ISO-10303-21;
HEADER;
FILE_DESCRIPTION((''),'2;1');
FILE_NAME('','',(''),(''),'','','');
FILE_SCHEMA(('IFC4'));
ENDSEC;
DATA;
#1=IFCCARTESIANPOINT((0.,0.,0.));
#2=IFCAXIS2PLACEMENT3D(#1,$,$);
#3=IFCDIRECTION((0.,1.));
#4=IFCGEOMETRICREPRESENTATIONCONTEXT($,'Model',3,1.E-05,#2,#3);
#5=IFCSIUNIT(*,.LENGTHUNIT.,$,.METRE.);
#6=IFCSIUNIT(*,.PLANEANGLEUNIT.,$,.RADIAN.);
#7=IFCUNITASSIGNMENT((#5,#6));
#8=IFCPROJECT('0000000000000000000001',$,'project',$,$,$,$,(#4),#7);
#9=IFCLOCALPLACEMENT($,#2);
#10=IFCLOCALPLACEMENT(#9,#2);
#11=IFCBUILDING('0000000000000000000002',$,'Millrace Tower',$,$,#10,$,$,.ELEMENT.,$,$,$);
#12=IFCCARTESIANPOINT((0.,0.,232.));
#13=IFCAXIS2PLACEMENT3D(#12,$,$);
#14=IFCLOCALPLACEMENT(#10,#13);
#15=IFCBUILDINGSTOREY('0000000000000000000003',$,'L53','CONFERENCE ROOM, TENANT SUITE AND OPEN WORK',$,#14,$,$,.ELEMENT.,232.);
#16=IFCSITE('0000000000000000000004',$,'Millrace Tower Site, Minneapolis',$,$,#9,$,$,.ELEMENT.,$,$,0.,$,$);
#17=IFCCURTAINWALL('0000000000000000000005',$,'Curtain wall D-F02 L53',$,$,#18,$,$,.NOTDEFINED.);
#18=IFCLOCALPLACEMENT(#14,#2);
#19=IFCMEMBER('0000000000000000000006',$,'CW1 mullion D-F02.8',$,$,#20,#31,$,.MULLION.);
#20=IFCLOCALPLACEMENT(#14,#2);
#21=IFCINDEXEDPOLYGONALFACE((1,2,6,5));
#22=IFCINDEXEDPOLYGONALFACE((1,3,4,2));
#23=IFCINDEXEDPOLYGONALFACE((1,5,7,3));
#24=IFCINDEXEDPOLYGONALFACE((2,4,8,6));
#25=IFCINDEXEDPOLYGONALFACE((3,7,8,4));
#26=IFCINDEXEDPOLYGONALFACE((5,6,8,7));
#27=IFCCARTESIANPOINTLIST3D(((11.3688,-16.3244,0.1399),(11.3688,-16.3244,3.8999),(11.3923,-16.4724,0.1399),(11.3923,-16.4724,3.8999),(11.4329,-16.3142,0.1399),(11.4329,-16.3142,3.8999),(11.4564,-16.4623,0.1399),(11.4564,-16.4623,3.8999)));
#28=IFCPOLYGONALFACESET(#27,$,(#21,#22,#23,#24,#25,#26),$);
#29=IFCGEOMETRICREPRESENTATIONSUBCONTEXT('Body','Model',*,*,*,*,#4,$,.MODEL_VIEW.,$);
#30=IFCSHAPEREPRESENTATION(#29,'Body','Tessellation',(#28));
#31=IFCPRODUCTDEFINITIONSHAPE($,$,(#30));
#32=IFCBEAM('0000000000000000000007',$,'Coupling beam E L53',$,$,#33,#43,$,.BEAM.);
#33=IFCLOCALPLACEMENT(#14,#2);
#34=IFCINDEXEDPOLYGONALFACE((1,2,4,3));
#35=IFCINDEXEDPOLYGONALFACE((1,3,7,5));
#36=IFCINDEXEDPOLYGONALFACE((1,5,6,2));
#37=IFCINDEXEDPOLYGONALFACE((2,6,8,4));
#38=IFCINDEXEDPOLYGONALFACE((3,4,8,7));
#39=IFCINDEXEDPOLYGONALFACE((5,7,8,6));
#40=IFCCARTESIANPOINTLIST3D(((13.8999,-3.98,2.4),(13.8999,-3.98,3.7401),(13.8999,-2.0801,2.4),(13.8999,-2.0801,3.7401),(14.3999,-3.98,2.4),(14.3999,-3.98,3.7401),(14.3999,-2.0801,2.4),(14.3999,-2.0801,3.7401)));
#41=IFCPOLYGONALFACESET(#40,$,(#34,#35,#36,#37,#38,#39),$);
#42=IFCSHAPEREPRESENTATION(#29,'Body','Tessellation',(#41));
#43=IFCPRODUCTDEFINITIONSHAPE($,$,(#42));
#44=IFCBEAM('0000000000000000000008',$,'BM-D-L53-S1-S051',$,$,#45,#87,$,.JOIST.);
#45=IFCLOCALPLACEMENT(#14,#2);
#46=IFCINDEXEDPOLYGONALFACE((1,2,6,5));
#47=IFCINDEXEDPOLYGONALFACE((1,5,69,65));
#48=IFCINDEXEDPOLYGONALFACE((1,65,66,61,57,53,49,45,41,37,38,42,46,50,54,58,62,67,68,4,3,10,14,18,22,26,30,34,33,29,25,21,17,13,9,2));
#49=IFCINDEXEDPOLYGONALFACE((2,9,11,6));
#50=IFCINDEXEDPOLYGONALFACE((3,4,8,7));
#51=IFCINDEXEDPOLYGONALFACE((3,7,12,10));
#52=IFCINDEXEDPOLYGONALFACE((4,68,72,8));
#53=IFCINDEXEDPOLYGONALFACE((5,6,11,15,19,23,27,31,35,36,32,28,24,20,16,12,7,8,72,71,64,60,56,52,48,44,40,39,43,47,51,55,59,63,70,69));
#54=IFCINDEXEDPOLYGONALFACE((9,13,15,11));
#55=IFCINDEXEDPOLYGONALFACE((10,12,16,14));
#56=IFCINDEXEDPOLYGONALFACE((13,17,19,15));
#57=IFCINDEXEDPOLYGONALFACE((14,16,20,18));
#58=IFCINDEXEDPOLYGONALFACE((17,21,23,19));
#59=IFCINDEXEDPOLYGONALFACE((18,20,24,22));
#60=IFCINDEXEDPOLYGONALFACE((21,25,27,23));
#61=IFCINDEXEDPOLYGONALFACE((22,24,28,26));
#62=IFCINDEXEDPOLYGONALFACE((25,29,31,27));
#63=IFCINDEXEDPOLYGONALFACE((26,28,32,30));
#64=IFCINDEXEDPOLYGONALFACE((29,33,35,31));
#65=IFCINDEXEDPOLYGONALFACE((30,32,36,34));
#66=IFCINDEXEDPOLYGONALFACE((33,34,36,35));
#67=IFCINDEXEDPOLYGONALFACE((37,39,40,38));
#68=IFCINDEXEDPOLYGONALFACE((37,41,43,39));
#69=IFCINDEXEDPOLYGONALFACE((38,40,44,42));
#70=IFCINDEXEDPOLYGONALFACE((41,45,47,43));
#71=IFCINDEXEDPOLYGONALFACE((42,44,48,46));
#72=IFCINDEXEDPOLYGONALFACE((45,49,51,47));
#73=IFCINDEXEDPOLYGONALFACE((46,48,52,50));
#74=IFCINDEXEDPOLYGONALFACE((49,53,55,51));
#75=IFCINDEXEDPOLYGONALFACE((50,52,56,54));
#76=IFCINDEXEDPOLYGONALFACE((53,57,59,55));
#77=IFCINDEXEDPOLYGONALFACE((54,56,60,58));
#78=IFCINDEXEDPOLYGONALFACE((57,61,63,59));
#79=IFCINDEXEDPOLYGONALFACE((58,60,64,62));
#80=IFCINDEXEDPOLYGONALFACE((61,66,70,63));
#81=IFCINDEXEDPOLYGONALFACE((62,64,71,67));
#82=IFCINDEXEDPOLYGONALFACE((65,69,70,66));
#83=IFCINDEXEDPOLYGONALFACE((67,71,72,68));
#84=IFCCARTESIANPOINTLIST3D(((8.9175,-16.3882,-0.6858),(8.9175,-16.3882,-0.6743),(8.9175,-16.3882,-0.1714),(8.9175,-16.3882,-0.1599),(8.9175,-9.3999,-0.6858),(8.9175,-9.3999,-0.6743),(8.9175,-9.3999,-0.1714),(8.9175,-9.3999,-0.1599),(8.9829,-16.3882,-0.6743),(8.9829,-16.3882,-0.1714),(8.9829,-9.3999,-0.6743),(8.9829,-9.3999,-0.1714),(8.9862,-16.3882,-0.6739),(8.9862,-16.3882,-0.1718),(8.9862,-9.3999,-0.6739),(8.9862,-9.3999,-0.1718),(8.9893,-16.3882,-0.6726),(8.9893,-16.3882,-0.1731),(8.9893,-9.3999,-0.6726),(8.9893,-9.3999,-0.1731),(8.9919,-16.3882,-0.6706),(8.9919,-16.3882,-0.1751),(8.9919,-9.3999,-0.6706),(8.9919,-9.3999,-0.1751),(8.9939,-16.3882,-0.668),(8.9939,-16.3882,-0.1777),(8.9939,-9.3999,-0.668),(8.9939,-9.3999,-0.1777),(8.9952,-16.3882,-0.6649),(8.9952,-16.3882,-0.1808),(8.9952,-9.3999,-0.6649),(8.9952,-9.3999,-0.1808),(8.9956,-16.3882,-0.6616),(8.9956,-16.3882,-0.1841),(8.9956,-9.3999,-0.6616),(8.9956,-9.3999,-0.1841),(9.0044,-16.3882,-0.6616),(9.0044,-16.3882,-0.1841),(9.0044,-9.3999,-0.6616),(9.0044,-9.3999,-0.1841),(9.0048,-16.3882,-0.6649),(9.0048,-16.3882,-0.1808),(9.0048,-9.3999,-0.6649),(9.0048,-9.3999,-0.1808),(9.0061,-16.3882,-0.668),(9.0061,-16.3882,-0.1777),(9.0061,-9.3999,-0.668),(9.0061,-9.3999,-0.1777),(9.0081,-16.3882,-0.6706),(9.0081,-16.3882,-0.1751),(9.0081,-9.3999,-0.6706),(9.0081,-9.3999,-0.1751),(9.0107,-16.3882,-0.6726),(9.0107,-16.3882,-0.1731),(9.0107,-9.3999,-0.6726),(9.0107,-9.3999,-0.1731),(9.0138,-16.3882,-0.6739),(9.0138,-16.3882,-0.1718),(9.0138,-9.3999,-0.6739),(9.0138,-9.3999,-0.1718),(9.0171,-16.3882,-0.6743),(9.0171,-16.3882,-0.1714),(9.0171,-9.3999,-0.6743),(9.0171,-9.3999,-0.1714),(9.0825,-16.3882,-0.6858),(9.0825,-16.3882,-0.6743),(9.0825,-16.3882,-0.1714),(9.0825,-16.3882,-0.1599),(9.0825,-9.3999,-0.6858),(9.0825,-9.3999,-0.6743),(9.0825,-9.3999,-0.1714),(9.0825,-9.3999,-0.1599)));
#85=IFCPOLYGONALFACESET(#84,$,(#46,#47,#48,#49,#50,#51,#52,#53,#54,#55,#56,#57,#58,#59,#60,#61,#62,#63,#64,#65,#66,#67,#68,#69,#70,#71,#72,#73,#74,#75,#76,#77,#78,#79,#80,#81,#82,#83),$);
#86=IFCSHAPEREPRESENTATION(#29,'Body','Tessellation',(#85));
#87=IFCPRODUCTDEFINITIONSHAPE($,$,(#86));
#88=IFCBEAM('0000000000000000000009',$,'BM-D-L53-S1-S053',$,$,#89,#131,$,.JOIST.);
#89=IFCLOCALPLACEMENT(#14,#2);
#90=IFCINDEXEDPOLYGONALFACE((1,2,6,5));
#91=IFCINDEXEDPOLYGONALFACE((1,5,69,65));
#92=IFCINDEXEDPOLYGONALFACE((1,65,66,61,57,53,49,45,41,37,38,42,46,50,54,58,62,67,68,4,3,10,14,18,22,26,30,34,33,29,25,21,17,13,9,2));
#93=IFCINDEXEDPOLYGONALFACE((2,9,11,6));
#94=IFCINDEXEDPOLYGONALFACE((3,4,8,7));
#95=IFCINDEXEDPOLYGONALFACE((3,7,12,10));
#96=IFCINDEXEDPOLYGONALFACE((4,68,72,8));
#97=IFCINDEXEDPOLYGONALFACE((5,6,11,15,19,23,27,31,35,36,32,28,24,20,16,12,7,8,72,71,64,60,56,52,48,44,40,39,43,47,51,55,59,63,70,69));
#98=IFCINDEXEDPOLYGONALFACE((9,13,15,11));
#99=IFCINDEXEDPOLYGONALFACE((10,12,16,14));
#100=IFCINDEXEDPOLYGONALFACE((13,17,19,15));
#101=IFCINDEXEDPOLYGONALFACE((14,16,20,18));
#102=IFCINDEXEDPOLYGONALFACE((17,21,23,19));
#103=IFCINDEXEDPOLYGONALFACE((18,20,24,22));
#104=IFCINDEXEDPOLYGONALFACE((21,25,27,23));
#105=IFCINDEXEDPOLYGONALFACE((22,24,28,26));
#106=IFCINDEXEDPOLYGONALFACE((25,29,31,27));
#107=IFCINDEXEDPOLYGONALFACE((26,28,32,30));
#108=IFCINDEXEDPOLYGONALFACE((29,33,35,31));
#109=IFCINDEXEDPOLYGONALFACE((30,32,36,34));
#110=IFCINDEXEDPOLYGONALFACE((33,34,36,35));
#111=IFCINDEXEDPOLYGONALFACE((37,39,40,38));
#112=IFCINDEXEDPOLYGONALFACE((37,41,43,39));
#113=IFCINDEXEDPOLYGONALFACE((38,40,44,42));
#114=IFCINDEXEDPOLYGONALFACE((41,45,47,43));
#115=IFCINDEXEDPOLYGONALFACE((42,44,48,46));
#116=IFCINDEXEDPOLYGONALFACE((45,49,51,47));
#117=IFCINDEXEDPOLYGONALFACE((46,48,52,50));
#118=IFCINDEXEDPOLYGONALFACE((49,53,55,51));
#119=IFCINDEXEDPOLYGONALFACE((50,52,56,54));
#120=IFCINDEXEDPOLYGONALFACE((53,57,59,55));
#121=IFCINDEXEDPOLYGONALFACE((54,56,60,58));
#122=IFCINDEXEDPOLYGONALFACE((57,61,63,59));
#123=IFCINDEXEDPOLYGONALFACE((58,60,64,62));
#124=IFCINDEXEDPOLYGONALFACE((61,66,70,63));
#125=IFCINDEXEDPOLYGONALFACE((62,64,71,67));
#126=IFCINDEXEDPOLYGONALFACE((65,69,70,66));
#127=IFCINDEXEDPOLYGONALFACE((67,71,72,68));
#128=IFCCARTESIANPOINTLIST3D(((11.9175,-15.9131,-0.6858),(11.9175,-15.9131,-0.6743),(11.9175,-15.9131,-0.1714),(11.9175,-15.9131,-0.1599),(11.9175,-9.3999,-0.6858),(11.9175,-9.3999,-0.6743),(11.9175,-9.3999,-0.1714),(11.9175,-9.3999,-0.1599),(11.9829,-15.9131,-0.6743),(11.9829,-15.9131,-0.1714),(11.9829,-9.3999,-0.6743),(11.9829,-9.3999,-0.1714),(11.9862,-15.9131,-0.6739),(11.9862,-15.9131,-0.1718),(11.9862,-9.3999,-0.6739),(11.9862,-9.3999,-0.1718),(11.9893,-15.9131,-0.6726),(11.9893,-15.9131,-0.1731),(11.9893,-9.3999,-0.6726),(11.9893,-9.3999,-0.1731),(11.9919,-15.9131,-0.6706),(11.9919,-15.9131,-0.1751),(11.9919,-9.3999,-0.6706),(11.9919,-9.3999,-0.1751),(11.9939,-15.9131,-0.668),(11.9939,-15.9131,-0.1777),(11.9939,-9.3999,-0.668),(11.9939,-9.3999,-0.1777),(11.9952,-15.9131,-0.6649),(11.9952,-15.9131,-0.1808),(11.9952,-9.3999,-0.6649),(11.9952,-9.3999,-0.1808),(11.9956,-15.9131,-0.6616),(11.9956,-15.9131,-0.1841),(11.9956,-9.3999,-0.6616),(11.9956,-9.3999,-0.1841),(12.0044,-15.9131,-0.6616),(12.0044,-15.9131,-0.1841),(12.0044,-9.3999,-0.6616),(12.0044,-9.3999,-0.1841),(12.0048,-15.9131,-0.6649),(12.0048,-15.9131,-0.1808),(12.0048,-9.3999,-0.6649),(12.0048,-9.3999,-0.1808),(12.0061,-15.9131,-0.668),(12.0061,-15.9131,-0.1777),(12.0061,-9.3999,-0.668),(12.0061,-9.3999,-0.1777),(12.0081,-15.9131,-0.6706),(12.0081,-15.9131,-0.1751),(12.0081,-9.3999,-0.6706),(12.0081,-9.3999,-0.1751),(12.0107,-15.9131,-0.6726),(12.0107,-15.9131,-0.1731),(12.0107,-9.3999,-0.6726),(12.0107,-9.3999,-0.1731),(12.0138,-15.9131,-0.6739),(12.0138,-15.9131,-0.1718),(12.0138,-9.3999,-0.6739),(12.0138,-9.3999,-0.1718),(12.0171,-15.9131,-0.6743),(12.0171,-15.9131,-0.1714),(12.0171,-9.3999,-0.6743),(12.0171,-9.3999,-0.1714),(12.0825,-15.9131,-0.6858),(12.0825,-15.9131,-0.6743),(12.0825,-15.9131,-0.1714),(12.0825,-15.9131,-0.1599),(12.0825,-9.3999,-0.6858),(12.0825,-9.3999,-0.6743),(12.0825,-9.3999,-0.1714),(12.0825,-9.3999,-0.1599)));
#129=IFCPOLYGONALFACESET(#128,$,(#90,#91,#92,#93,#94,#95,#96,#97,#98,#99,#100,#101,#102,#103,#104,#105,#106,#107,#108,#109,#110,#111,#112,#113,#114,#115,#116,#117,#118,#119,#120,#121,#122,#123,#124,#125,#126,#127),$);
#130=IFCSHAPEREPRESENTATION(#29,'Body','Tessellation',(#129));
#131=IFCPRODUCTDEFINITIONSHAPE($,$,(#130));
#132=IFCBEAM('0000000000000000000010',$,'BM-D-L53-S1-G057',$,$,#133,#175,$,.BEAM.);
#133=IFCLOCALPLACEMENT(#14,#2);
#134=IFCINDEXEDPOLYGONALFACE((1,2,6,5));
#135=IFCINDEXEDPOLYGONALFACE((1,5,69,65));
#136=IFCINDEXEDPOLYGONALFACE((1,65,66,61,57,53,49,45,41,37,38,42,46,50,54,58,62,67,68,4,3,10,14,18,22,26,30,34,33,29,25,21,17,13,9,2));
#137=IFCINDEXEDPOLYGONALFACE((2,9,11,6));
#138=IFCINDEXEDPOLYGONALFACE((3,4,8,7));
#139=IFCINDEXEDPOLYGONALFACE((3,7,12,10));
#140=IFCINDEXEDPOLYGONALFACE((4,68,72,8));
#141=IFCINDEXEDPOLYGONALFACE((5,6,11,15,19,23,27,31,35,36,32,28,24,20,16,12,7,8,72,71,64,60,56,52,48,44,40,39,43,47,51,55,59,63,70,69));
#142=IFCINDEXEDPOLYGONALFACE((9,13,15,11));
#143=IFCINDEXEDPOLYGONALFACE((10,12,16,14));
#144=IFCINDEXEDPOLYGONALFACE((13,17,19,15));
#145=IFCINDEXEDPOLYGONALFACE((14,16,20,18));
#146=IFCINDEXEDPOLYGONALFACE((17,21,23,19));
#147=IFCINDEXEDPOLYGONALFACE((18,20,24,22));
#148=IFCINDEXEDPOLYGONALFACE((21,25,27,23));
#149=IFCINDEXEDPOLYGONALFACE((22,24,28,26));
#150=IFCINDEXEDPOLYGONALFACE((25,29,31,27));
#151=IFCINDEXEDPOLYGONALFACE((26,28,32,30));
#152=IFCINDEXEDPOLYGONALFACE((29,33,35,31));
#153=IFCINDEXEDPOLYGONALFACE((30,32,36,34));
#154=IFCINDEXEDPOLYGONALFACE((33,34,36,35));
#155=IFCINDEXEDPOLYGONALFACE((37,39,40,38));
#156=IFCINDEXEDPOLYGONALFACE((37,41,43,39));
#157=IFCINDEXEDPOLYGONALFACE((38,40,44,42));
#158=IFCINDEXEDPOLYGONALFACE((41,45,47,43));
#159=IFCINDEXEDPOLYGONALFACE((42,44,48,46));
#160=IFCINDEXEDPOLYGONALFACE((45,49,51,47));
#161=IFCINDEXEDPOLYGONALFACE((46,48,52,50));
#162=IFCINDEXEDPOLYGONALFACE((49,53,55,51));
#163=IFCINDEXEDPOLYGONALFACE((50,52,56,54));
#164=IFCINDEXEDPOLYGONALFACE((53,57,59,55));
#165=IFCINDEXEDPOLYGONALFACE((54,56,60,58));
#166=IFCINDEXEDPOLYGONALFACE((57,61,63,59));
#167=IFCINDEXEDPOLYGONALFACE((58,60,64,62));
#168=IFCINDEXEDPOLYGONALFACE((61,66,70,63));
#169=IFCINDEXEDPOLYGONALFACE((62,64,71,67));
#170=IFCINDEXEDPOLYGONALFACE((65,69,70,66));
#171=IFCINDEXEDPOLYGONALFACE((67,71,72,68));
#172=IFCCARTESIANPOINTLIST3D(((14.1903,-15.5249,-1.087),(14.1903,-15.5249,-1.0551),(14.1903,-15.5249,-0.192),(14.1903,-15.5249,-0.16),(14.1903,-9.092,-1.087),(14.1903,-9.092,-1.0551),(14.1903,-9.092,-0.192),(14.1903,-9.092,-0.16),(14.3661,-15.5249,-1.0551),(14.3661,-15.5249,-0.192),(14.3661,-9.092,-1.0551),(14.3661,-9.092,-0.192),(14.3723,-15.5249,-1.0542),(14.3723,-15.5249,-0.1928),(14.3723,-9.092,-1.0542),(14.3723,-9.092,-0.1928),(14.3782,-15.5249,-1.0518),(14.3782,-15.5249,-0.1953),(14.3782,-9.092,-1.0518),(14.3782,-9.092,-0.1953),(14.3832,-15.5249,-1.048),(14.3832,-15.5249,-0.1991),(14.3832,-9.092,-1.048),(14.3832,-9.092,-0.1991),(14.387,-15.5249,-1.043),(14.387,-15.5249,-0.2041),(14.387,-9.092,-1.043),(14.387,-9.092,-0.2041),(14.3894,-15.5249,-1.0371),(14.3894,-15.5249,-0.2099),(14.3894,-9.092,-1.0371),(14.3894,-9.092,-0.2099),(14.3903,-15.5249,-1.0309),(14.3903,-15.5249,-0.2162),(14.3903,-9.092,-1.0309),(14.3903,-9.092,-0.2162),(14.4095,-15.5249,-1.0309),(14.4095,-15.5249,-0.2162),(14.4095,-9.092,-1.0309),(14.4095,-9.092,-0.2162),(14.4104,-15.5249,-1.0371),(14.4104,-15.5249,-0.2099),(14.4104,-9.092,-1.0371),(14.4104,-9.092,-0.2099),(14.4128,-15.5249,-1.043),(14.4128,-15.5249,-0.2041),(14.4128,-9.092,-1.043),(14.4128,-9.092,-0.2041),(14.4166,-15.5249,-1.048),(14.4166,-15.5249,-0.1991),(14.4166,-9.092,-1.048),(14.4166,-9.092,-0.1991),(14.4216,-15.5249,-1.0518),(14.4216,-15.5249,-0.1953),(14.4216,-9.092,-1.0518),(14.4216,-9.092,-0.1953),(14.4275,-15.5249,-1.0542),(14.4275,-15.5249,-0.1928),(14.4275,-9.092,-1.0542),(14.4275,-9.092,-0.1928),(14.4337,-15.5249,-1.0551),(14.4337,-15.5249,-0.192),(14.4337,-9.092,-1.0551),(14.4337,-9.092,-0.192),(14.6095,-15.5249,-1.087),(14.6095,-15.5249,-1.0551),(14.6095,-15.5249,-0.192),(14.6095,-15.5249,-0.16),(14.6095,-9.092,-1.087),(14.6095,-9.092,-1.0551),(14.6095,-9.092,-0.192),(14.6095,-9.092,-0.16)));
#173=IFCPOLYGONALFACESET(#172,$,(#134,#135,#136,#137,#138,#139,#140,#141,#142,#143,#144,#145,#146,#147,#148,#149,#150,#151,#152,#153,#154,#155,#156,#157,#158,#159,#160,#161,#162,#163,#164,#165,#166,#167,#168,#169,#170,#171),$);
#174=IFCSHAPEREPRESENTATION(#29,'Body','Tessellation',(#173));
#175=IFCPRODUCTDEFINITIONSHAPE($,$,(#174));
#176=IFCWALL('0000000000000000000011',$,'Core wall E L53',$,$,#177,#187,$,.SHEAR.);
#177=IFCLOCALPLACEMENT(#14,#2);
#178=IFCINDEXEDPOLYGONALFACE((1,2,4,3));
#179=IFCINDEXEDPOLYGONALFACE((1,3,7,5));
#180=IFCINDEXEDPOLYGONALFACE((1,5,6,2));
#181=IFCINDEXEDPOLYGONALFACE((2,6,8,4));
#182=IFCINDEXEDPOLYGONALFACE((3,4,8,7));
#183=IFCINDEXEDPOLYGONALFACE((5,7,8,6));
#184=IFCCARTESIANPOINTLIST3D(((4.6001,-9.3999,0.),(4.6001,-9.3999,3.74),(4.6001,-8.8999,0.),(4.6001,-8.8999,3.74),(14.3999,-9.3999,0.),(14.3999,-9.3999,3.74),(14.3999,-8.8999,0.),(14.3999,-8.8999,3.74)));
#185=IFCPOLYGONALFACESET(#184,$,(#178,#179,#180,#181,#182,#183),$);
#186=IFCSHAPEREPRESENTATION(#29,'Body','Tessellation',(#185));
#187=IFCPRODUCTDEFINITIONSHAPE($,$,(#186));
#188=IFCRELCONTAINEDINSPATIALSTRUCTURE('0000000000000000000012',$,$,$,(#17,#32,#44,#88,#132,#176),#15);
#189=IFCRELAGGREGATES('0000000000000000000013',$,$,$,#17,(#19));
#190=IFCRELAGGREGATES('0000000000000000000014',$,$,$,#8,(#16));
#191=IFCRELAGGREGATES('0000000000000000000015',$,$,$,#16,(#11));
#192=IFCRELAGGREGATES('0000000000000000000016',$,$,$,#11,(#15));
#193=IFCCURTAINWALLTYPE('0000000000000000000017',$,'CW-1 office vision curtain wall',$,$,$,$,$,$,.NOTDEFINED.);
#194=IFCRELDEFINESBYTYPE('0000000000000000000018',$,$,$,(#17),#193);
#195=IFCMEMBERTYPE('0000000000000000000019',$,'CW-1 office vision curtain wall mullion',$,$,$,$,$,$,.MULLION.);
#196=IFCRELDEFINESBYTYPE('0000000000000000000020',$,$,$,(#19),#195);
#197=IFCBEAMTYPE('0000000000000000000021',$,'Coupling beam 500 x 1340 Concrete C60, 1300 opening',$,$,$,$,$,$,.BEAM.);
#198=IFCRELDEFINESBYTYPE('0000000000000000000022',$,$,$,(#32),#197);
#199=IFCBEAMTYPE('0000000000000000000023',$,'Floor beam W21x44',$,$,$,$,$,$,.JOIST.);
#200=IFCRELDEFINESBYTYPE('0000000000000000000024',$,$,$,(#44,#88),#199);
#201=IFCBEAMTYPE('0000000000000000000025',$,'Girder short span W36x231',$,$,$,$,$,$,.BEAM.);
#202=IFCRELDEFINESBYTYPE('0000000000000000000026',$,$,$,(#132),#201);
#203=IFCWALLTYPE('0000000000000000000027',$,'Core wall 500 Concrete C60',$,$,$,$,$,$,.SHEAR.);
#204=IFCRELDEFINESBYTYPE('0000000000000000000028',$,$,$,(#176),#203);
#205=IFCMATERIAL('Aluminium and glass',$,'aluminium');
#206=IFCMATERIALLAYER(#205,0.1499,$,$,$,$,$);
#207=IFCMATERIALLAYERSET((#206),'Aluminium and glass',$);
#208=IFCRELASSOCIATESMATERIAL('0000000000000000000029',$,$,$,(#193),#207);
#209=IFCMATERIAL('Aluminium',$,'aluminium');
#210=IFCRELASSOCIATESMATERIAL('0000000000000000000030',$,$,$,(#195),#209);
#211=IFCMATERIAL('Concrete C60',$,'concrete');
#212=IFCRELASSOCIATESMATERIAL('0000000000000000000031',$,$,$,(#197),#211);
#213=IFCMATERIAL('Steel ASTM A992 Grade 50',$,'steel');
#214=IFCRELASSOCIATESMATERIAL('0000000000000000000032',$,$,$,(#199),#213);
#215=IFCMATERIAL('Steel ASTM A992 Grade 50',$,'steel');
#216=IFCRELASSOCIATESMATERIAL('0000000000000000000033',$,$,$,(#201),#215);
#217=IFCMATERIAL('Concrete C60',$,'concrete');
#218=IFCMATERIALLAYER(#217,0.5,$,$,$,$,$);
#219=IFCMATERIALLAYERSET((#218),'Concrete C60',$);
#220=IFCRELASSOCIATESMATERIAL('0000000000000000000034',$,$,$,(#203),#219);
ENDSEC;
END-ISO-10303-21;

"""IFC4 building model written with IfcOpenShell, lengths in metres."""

from ifc_helpers import new_model, si_unit, direction, frame, frame_2d, origin, origin_2d, place, context, subcontext, project, spatial, rectangle, i_section, extrude, material, layer, layer_set, material_profile, profile_set, type_object, element, aggregate, save


model = new_model("IFC4")

# Units and contexts
model_context = context("Model", 3, precision=1e-05, world=origin(), true_north=direction((0.0, 1.0)))
body_context = subcontext(model_context, "Body", "Model", "MODEL_VIEW")
ifc_project = project(units=[si_unit("LENGTHUNIT", "METRE"), si_unit("PLANEANGLEUNIT", "RADIAN")], contexts=[model_context])

# Site, building, storey
site_placement = place(None, origin())
site = spatial("IfcSite", under=ifc_project, at=site_placement, Name="Millrace Tower Site, Minneapolis", CompositionType="ELEMENT", RefElevation=0.0)
building_placement = place(site_placement, origin())
building = spatial("IfcBuilding", under=site, at=building_placement, Name="Millrace Tower", CompositionType="ELEMENT")
storey_placement = place(building_placement, frame((0.0, 0.0, 232.0)))
storey = spatial("IfcBuildingStorey", under=building, at=storey_placement, Name="L53", Description="CONFERENCE ROOM, TENANT SUITE AND OPEN WORK", CompositionType="ELEMENT", Elevation=232.0)

# Curtain wall, member
ifc_material_1 = material(Name="Aluminium and glass", Category="aluminium")
ifc_layer_1 = layer(ifc_material_1, 0.1499)
ifc_layer_set_1 = layer_set([ifc_layer_1], Name="Aluminium and glass")
curtain_wall_type = type_object("IfcCurtainWallType", Name="CW-1 office vision curtain wall", PredefinedType="NOTDEFINED", material=ifc_layer_set_1)
placement = place(storey_placement, origin())
curtain_wall = element("IfcCurtainWall", 1, at=placement, inside=storey, type_object=curtain_wall_type, Name="Curtain wall D-F02 L53", PredefinedType="NOTDEFINED")
ifc_material_2 = material(Name="Aluminium", Category="aluminium")
ifc_material_profile_1 = material_profile(ifc_material_2, rectangle(XDim=0.0649, YDim=0.1499, at=origin_2d()))
ifc_profile_set_1 = profile_set([ifc_material_profile_1], Name="Aluminium")
member_type = type_object("IfcMemberType", Name="CW-1 office vision curtain wall mullion", PredefinedType="MULLION", material=ifc_profile_set_1)
member_placement = place(storey_placement, frame((11.4126, -16.3933, 0.1399), z_axis=(0.0, 0.0, 1.0), x_axis=(0.987688, 0.156434, 0.0)))
member = element("IfcMember", 2, at=member_placement, type_object=member_type, Name="CW1 mullion D-F02.8", PredefinedType="MULLION", context=body_context, shape_type="SweptSolid", body=[
    extrude(rectangle(XDim=0.0649, YDim=0.1499, at=origin_2d()), origin(), (0.0, 0.0, 1.0), 3.76),
])
aggregate(curtain_wall, [member])

# Beams
ifc_material_3 = material(Name="Concrete C60", Category="concrete")
ifc_material_profile_2 = material_profile(ifc_material_3, rectangle(XDim=0.5, YDim=1.3401, at=origin_2d()))
ifc_profile_set_2 = profile_set([ifc_material_profile_2], Name="Concrete C60")
beam_type_1 = type_object("IfcBeamType", Name="Coupling beam 500 x 1340 Concrete C60, 1300 opening", PredefinedType="BEAM", material=ifc_profile_set_2)
beam_1_placement = place(storey_placement, frame((14.1499, -2.0801, 3.0701), z_axis=(0.0, -1.0, 0.0), x_axis=(1.0, 0.0, 0.0)))
element("IfcBeam", 3, at=beam_1_placement, inside=storey, type_object=beam_type_1, Name="Coupling beam E L53", PredefinedType="BEAM", context=body_context, shape_type="SweptSolid", body=[
    extrude(rectangle(XDim=0.5, YDim=1.3401, at=origin_2d()), origin(), (0.0, 0.0, 1.0), 1.8999),
])
ifc_material_4 = material(Name="Steel ASTM A992 Grade 50", Category="steel")
ifc_material_profile_3 = material_profile(ifc_material_4, i_section(OverallWidth=0.165, OverallDepth=0.5259, WebThickness=0.0088, FlangeThickness=0.0115, FilletRadius=0.0127, at=origin_2d()))
ifc_profile_set_3 = profile_set([ifc_material_profile_3], Name="Steel ASTM A992 Grade 50")
beam_type_2 = type_object("IfcBeamType", Name="Floor beam W21x44", PredefinedType="JOIST", material=ifc_profile_set_3)
beam_2_placement = place(storey_placement, frame((9.0, -16.3882, -0.4229), z_axis=(0.0, 1.0, 0.0), x_axis=(-1.0, 0.0, 0.0)))
element("IfcBeam", 4, at=beam_2_placement, inside=storey, type_object=beam_type_2, Name="BM-D-L53-S1-S051", PredefinedType="JOIST", context=body_context, shape_type="SweptSolid", body=[
    extrude(i_section(OverallWidth=0.165, OverallDepth=0.5259, WebThickness=0.0088, FlangeThickness=0.0115, FilletRadius=0.0127, at=origin_2d()), origin(), (0.0, 0.0, 1.0), 6.9883),
])
beam_3_placement = place(storey_placement, frame((12.0, -15.9131, -0.4229), z_axis=(0.0, 1.0, 0.0), x_axis=(-1.0, 0.0, 0.0)))
element("IfcBeam", 5, at=beam_3_placement, inside=storey, type_object=beam_type_2, Name="BM-D-L53-S1-S053", PredefinedType="JOIST", context=body_context, shape_type="SweptSolid", body=[
    extrude(i_section(OverallWidth=0.165, OverallDepth=0.5259, WebThickness=0.0088, FlangeThickness=0.0115, FilletRadius=0.0127, at=origin_2d()), origin(), (0.0, 0.0, 1.0), 6.5132),
])
ifc_material_5 = material(Name="Steel ASTM A992 Grade 50", Category="steel")
ifc_material_profile_4 = material_profile(ifc_material_5, i_section(OverallWidth=0.4192, OverallDepth=0.927, WebThickness=0.0193, FlangeThickness=0.032, FilletRadius=0.0242, at=origin_2d()))
ifc_profile_set_4 = profile_set([ifc_material_profile_4], Name="Steel ASTM A992 Grade 50")
beam_type_3 = type_object("IfcBeamType", Name="Girder short span W36x231", PredefinedType="BEAM", material=ifc_profile_set_4)
beam_4_placement = place(storey_placement, frame((14.3999, -15.5249, -0.6235), z_axis=(0.0, 1.0, 0.0), x_axis=(-1.0, 0.0, 0.0)))
element("IfcBeam", 6, at=beam_4_placement, inside=storey, type_object=beam_type_3, Name="BM-D-L53-S1-G057", PredefinedType="BEAM", context=body_context, shape_type="SweptSolid", body=[
    extrude(i_section(OverallWidth=0.4192, OverallDepth=0.927, WebThickness=0.0193, FlangeThickness=0.032, FilletRadius=0.0242, at=origin_2d()), origin(), (0.0, 0.0, 1.0), 6.4329),
])

# Wall
ifc_material_6 = material(Name="Concrete C60", Category="concrete")
ifc_layer_2 = layer(ifc_material_6, 0.5)
ifc_layer_set_2 = layer_set([ifc_layer_2], Name="Concrete C60")
wall_type_1 = type_object("IfcWallType", Name="Core wall 500 Concrete C60", PredefinedType="SHEAR", material=ifc_layer_set_2)
wall_1_placement = place(storey_placement, frame((14.3999, -9.1499, 0.0), z_axis=(0.0, 0.0, 1.0), x_axis=(-1.0, 0.0, 0.0)))
element("IfcWall", 7, at=wall_1_placement, inside=storey, type_object=wall_type_1, Name="Core wall E L53", PredefinedType="SHEAR", context=body_context, shape_type="SweptSolid", body=[
    extrude(rectangle(XDim=9.7998, YDim=0.5, at=frame_2d((4.8999, 0.0))), origin(), (0.0, 0.0, 1.0), 3.74),
])

save(model, "model.ifc")
